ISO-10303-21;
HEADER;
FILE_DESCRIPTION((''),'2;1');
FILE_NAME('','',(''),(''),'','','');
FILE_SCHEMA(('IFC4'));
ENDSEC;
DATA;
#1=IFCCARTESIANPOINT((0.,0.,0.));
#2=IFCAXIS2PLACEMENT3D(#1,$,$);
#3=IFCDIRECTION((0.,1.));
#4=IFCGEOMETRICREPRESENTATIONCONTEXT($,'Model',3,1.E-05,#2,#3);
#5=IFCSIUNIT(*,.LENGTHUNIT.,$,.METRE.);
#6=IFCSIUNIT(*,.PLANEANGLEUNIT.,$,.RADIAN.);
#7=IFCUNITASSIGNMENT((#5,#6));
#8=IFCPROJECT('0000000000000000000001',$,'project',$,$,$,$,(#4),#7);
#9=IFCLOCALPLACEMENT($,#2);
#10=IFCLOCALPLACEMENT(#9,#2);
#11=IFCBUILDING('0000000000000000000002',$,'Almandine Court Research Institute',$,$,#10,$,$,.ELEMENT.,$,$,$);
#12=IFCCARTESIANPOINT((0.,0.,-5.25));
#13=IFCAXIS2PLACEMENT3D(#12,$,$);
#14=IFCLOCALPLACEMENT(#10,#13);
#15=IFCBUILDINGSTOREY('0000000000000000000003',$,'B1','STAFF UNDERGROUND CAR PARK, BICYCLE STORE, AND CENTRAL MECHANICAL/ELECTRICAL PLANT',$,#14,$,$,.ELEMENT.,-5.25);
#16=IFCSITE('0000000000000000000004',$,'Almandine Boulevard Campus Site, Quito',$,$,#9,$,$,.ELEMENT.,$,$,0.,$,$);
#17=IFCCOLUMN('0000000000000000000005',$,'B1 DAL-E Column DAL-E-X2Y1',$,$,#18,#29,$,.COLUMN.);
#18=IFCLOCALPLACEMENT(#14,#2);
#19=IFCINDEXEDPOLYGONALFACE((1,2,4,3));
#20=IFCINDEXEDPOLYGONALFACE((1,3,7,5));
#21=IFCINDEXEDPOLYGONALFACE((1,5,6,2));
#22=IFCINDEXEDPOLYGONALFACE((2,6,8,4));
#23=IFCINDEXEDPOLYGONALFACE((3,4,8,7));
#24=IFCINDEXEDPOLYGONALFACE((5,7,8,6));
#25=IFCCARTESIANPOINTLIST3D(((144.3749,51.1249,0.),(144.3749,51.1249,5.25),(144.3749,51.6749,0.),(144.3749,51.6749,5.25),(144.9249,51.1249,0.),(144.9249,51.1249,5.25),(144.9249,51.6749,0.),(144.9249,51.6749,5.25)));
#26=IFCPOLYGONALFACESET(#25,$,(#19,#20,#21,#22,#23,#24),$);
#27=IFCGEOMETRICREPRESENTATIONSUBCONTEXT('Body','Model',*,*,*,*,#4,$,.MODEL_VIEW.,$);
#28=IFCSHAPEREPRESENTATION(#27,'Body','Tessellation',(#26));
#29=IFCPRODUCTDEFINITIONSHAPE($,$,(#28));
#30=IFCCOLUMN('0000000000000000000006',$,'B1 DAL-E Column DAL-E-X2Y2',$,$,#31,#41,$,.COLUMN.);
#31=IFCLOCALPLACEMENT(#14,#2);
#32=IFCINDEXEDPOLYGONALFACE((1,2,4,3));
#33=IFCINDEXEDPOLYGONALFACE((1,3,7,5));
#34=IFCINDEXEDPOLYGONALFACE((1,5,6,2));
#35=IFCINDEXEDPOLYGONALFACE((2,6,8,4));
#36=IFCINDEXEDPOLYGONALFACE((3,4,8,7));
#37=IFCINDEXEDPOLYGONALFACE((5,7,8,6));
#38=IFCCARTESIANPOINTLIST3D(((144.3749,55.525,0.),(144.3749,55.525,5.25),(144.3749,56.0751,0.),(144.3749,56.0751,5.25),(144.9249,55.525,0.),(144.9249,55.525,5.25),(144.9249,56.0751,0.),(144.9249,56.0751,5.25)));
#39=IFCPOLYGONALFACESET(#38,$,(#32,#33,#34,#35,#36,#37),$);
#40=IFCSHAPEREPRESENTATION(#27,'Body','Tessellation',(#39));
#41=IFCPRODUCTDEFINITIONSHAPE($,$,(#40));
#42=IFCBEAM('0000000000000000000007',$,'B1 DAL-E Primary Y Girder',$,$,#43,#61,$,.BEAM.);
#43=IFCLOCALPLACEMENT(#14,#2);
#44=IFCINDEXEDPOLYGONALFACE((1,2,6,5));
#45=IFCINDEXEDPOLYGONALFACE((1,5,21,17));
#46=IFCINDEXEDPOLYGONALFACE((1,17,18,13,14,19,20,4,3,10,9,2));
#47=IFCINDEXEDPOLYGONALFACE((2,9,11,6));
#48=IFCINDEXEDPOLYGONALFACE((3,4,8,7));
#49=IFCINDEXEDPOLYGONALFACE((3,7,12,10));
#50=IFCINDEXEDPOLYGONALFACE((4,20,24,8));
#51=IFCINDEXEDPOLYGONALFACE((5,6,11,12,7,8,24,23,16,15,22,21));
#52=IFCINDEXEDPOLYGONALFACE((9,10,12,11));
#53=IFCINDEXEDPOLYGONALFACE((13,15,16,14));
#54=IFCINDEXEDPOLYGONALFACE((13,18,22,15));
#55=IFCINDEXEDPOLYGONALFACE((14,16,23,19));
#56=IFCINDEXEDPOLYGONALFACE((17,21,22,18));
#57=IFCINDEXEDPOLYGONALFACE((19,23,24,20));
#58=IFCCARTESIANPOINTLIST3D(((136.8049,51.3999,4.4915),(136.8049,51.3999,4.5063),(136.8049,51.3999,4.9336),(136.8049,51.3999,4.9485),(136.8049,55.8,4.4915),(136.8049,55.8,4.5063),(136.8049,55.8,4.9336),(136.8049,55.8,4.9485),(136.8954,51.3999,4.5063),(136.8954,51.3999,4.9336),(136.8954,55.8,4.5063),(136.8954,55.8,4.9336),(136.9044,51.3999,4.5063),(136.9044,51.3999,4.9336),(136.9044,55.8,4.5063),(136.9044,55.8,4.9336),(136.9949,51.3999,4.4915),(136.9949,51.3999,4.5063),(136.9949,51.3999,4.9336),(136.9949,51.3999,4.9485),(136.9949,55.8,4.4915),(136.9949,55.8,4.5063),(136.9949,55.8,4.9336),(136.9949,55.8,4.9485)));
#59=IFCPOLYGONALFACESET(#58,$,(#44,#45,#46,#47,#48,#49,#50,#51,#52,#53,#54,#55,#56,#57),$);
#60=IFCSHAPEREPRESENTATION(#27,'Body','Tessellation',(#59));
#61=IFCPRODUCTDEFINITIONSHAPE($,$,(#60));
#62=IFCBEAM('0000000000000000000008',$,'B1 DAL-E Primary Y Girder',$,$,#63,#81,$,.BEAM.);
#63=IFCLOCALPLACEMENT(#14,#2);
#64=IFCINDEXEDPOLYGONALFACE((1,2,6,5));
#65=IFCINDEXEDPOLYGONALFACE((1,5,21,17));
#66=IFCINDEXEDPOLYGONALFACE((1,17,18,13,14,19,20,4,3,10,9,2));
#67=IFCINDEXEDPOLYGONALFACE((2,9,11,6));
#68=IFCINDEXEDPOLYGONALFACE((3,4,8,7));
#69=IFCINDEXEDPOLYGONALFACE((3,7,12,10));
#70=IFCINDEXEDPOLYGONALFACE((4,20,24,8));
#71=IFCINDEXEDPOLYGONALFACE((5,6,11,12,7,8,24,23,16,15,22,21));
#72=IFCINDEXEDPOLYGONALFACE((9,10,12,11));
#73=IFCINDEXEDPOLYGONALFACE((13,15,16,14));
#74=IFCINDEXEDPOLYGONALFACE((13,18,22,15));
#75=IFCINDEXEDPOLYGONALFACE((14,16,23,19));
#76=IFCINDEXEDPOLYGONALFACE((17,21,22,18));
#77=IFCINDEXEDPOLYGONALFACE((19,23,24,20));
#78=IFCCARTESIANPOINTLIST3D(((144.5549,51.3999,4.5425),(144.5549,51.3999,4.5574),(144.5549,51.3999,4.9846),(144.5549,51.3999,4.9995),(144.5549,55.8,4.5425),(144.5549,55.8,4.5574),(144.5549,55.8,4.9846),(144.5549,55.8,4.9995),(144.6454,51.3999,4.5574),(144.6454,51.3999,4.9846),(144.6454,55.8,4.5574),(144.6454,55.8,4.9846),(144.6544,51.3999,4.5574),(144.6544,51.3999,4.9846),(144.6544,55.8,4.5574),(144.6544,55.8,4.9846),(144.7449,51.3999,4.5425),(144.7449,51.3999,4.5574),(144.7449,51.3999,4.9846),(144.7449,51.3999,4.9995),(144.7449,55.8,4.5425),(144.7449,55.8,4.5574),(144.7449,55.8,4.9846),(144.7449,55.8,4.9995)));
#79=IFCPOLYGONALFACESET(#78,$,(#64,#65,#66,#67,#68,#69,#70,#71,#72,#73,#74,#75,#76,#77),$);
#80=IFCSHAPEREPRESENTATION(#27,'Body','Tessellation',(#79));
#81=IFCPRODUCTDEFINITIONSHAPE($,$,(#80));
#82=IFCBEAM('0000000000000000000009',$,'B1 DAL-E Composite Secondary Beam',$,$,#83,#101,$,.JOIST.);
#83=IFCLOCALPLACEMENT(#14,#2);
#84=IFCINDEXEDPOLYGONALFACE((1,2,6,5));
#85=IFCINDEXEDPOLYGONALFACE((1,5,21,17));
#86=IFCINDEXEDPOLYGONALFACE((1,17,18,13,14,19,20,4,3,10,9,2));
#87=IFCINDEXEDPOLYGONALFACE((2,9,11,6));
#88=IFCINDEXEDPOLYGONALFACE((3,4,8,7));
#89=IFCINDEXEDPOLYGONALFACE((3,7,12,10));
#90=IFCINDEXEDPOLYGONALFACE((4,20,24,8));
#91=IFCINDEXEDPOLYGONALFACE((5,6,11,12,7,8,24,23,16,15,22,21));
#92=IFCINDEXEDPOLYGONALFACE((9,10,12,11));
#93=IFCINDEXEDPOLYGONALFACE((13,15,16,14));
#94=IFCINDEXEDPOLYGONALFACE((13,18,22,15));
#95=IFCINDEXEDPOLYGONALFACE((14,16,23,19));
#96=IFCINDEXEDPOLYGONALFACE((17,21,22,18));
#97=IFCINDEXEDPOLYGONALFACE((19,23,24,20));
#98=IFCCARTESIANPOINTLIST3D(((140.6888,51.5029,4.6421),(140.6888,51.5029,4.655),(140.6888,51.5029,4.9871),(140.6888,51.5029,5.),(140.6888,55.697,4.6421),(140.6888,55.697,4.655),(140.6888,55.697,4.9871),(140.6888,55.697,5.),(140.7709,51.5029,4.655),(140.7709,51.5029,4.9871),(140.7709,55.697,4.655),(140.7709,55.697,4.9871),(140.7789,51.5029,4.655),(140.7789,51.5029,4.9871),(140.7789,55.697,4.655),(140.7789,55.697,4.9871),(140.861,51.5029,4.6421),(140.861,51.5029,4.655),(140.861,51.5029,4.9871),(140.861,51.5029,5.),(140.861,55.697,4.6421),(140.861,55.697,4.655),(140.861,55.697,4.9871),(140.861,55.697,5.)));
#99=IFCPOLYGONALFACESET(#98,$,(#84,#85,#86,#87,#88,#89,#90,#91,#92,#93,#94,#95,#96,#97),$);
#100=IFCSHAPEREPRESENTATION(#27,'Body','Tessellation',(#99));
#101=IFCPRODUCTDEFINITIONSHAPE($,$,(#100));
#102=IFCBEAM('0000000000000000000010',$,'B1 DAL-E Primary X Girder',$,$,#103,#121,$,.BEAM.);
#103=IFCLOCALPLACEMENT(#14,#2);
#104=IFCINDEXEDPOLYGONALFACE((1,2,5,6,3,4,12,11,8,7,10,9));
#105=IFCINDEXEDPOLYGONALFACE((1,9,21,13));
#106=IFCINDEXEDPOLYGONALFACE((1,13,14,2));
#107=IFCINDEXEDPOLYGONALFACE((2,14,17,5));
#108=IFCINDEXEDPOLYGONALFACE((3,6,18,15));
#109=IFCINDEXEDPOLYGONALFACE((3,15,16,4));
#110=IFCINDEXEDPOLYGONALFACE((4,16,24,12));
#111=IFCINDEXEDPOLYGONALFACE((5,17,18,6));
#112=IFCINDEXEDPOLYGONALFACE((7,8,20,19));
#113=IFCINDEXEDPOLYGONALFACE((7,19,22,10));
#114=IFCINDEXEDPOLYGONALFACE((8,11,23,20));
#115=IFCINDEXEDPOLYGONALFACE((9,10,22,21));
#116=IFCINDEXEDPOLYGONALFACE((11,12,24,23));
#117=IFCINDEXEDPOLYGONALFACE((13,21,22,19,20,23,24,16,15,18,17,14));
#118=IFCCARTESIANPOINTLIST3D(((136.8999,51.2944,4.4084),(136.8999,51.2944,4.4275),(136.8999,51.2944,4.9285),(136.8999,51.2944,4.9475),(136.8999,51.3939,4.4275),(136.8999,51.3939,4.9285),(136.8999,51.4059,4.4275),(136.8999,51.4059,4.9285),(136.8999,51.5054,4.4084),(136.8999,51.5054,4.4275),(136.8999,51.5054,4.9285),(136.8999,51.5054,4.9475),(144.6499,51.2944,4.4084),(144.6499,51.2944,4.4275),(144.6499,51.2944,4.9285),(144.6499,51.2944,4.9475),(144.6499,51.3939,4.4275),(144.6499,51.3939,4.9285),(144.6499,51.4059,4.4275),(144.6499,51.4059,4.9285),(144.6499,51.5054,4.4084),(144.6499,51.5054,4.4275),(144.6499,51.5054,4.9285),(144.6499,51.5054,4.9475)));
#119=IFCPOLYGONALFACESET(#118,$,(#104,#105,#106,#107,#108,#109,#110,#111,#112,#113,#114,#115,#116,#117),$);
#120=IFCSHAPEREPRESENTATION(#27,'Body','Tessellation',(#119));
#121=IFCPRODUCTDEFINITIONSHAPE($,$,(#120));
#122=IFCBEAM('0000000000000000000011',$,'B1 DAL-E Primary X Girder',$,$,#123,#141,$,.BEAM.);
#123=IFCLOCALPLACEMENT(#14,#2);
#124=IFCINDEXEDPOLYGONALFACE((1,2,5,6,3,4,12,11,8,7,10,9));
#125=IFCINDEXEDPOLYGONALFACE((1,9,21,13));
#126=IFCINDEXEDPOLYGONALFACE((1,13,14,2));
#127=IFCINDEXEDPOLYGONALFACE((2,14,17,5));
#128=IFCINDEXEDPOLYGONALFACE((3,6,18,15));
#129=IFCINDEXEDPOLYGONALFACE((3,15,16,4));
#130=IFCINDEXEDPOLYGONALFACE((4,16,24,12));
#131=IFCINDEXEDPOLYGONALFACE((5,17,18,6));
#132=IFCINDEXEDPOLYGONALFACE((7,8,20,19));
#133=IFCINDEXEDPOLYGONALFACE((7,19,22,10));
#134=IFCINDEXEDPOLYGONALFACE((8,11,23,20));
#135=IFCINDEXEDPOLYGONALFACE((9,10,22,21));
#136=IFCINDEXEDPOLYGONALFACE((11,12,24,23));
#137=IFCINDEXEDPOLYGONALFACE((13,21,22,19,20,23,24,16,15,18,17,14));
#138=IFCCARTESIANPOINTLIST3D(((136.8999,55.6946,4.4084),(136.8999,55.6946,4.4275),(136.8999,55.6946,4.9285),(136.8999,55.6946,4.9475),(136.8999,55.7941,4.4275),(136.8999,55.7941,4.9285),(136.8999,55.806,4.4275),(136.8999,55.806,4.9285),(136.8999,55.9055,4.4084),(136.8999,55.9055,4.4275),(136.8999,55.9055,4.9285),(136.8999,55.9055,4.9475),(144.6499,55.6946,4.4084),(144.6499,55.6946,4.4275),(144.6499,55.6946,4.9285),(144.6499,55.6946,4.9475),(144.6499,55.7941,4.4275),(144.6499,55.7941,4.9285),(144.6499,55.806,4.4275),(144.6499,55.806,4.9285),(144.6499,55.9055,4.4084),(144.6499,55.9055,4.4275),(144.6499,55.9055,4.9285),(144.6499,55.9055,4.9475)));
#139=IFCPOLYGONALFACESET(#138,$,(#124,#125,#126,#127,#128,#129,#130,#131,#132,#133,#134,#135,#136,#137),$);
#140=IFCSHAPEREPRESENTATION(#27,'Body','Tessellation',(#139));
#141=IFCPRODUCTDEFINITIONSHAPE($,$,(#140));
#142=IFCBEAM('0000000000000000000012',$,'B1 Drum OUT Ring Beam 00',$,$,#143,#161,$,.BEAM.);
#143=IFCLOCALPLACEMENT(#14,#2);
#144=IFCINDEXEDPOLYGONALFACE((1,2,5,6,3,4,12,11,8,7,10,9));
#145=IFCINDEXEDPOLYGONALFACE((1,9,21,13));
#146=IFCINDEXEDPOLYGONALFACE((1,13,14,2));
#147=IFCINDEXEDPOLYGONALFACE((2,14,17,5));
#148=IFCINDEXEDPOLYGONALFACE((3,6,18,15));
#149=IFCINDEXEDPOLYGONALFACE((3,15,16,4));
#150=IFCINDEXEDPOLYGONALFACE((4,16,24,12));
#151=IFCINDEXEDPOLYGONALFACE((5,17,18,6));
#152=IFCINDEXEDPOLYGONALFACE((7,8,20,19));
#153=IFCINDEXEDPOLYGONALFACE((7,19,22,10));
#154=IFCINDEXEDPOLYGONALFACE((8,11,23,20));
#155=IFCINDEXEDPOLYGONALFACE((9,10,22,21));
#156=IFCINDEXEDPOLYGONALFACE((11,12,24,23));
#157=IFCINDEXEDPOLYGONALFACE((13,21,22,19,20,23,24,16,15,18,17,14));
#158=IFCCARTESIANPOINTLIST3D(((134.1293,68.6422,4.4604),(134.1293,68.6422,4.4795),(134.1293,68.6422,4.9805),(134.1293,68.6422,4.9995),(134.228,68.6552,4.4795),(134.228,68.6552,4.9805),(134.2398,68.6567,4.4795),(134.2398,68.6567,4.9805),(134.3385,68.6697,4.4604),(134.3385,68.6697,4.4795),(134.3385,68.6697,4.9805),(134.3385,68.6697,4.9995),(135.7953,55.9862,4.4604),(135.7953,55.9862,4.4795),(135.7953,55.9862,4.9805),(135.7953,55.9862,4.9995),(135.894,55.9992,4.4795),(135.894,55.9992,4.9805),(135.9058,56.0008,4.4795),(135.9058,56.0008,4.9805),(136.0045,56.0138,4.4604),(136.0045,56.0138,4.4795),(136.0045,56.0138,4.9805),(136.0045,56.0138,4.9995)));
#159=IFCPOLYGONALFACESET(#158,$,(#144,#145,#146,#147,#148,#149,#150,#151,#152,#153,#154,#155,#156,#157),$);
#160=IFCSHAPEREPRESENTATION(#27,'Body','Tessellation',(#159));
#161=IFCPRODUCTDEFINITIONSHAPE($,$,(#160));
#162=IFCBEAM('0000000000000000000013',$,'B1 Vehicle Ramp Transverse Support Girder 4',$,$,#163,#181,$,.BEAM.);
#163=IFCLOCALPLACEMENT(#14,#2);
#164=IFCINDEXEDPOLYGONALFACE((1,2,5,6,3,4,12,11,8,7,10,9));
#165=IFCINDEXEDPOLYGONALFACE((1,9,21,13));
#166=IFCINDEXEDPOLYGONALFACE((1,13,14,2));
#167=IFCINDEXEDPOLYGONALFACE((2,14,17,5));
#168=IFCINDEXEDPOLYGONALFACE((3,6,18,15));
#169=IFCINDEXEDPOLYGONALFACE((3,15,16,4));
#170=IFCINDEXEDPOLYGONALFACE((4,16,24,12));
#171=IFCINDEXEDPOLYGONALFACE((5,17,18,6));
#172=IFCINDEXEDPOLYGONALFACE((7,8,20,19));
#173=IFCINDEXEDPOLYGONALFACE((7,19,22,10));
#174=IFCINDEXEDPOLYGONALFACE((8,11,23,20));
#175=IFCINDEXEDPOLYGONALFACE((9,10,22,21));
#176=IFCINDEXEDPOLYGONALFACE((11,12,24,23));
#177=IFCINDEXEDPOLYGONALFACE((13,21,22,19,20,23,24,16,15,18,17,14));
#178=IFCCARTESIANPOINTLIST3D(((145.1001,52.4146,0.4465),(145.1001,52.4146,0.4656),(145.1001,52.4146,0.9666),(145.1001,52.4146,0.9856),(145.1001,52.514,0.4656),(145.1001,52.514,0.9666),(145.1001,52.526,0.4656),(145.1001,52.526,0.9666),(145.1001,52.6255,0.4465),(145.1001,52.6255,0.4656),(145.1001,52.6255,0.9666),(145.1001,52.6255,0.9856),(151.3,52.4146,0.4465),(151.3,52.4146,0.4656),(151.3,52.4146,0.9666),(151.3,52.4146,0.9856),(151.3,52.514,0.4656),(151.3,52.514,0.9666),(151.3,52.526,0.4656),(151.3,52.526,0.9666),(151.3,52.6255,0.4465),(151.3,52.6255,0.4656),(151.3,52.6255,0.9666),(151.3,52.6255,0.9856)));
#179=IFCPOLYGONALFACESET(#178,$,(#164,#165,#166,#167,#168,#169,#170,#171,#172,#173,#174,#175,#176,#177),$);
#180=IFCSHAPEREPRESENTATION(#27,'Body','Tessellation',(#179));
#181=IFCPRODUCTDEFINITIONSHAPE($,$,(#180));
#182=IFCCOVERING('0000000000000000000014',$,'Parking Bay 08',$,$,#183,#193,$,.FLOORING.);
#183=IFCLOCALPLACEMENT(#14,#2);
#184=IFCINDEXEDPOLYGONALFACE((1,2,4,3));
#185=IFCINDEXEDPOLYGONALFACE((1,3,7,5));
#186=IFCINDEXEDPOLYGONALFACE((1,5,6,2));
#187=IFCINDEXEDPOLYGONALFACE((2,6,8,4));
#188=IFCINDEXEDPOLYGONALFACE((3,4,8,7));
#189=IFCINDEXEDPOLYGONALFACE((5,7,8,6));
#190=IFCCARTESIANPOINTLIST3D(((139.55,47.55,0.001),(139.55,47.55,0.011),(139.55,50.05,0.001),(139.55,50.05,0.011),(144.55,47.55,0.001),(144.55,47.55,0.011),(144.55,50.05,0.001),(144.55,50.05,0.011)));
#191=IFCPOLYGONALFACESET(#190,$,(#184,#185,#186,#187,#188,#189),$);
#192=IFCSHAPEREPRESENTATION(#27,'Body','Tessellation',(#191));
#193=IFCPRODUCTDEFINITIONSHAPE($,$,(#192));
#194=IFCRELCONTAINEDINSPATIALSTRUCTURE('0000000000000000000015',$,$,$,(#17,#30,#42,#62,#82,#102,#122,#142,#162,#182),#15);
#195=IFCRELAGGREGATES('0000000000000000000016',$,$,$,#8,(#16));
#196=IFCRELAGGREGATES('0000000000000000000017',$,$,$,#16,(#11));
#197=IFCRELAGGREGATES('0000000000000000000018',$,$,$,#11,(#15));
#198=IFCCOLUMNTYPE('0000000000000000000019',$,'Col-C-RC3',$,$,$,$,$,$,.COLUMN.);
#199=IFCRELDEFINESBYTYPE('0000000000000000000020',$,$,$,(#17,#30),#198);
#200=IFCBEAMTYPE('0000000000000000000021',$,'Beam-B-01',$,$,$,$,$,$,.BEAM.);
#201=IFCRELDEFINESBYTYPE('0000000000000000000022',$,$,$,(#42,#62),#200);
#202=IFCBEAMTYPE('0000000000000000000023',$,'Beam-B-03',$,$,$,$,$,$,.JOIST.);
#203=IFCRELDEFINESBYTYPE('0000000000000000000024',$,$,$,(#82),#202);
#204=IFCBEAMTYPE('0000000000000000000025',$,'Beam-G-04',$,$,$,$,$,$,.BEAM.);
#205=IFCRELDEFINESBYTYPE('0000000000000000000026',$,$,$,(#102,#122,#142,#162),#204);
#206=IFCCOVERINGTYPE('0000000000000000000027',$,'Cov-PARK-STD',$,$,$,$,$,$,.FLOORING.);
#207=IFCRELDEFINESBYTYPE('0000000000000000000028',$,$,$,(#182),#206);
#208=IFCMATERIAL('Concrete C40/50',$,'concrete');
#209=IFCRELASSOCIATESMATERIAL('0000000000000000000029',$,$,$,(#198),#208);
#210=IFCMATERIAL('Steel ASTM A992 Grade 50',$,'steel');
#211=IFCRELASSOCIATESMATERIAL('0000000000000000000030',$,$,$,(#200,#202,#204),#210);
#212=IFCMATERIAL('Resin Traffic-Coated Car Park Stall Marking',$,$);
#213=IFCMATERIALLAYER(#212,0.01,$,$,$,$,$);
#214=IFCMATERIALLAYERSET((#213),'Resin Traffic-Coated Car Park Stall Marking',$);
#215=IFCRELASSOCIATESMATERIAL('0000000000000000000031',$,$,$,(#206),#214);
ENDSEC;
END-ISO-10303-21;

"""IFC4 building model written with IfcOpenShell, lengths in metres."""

from ifc_helpers import new_model, si_unit, direction, frame, origin, origin_2d, place, context, subcontext, project, spatial, rectangle, i_section, extrude, material, layer, layer_set, material_profile, profile_set, type_object, element, save


model = new_model("IFC4")

# Units and contexts
model_context = context("Model", 3, precision=1e-05, world=origin(), true_north=direction((0.0, 1.0)))
body_context = subcontext(model_context, "Body", "Model", "MODEL_VIEW")
ifc_project = project(units=[si_unit("LENGTHUNIT", "METRE"), si_unit("PLANEANGLEUNIT", "RADIAN")], contexts=[model_context])

# Site, building, storey
site_placement = place(None, origin())
site = spatial("IfcSite", under=ifc_project, at=site_placement, Name="Almandine Boulevard Campus Site, Quito", CompositionType="ELEMENT", RefElevation=0.0)
building_placement = place(site_placement, origin())
building = spatial("IfcBuilding", under=site, at=building_placement, Name="Almandine Court Research Institute", CompositionType="ELEMENT")
storey_placement = place(building_placement, frame((0.0, 0.0, -5.25)))
storey = spatial("IfcBuildingStorey", under=building, at=storey_placement, Name="B1", Description="STAFF UNDERGROUND CAR PARK, BICYCLE STORE, AND CENTRAL MECHANICAL/ELECTRICAL PLANT", CompositionType="ELEMENT", Elevation=-5.25)

# Columns
ifc_material_1 = material(Name="Concrete C40/50", Category="concrete")
ifc_material_profile_1 = material_profile(ifc_material_1, rectangle(XDim=0.55, YDim=0.55, at=origin_2d()), Name="RC 550x550")
ifc_profile_set_1 = profile_set([ifc_material_profile_1], Name="Concrete C40/50")
column_type_1 = type_object("IfcColumnType", Name="Col-C-RC3", PredefinedType="COLUMN", material=ifc_profile_set_1)
for number, where, z_axis, x_axis, name in (
    (1, (144.6499, 51.3999, 0.0), (0.0, 0.0, 1.0), (1.0, 0.0, 0.0), "B1 DAL-E Column DAL-E-X2Y1"),
    (2, (144.6499, 55.8, 0.0), (0.0, 0.0, 1.0), (1.0, 0.0, 0.0), "B1 DAL-E Column DAL-E-X2Y2"),
):
    element("IfcColumn", number, at=place(storey_placement, frame(where, z_axis=z_axis, x_axis=x_axis)), inside=storey, type_object=column_type_1, Name=name, PredefinedType="COLUMN", context=body_context, shape_type="SweptSolid", body=[
        extrude(rectangle(XDim=0.55, YDim=0.55, at=origin_2d()), origin(), (0.0, 0.0, 1.0), 5.25),
    ])

# Beams
ifc_material_2 = material(Name="Steel ASTM A992 Grade 50", Category="steel")
ifc_material_profile_2 = material_profile(ifc_material_2, i_section(OverallWidth=0.1899, OverallDepth=0.457, WebThickness=0.009, FlangeThickness=0.0149, at=origin_2d()), Name="W460x74")
ifc_profile_set_2 = profile_set([ifc_material_profile_2], Name="Steel ASTM A992 Grade 50")
beam_type_1 = type_object("IfcBeamType", Name="Beam-B-01", PredefinedType="BEAM", material=ifc_profile_set_2)
for number, where, z_axis, x_axis, name in (
    (3, (136.8999, 51.3999, 4.72), (0.0, 1.0, 0.0), (-1.0, 0.0, 0.0), "B1 DAL-E Primary Y Girder"),
    (4, (144.6499, 51.3999, 4.771), (0.0, 1.0, 0.0), (-1.0, 0.0, 0.0), "B1 DAL-E Primary Y Girder"),
):
    element("IfcBeam", number, at=place(storey_placement, frame(where, z_axis=z_axis, x_axis=x_axis)), inside=storey, type_object=beam_type_1, Name=name, PredefinedType="BEAM", context=body_context, shape_type="SweptSolid", body=[
        extrude(i_section(OverallWidth=0.1899, OverallDepth=0.457, WebThickness=0.009, FlangeThickness=0.0149, at=origin_2d()), origin(), (0.0, 0.0, 1.0), 4.4001),
    ])
ifc_material_profile_3 = material_profile(ifc_material_2, i_section(OverallWidth=0.1721, OverallDepth=0.3579, WebThickness=0.0081, FlangeThickness=0.0129, at=origin_2d()), Name="W360x57")
ifc_profile_set_3 = profile_set([ifc_material_profile_3], Name="Steel ASTM A992 Grade 50")
beam_type_2 = type_object("IfcBeamType", Name="Beam-B-03", PredefinedType="JOIST", material=ifc_profile_set_3)
beam_1_placement = place(storey_placement, frame((140.7749, 51.5029, 4.821), z_axis=(0.0, 1.0, 0.0), x_axis=(-1.0, 0.0, 0.0)))
element("IfcBeam", 5, at=beam_1_placement, inside=storey, type_object=beam_type_2, Name="B1 DAL-E Composite Secondary Beam", PredefinedType="JOIST", context=body_context, shape_type="SweptSolid", body=[
    extrude(i_section(OverallWidth=0.1721, OverallDepth=0.3579, WebThickness=0.0081, FlangeThickness=0.0129, at=origin_2d()), origin(), (0.0, 0.0, 1.0), 4.1941),
])
ifc_material_profile_4 = material_profile(ifc_material_2, i_section(OverallWidth=0.2109, OverallDepth=0.5391, WebThickness=0.012, FlangeThickness=0.019, at=origin_2d()), Name="W530x109")
ifc_profile_set_4 = profile_set([ifc_material_profile_4], Name="Steel ASTM A992 Grade 50")
beam_type_3 = type_object("IfcBeamType", Name="Beam-G-04", PredefinedType="BEAM", material=ifc_profile_set_4)
for number, where, z_axis, x_axis, name in (
    (6, (136.8999, 51.3999, 4.678), (1.0, 0.0, 0.0), (0.0, 1.0, 0.0), "B1 DAL-E Primary X Girder"),
    (7, (136.8999, 55.8, 4.678), (1.0, 0.0, 0.0), (0.0, 1.0, 0.0), "B1 DAL-E Primary X Girder"),
):
    element("IfcBeam", number, at=place(storey_placement, frame(where, z_axis=z_axis, x_axis=x_axis)), inside=storey, type_object=beam_type_3, Name=name, PredefinedType="BEAM", context=body_context, shape_type="SweptSolid", body=[
        extrude(i_section(OverallWidth=0.2109, OverallDepth=0.5391, WebThickness=0.012, FlangeThickness=0.019, at=origin_2d()), origin(), (0.0, 0.0, 1.0), 7.75),
    ])
beam_2_placement = place(storey_placement, frame((135.8999, 56.0, 4.73), z_axis=(-0.130512, 0.991447, 0.0), x_axis=(-0.991447, -0.130512, 0.0)))
element("IfcBeam", 8, at=beam_2_placement, inside=storey, type_object=beam_type_3, Name="B1 Drum OUT Ring Beam 00", PredefinedType="BEAM", context=body_context, shape_type="SweptSolid", body=[
    extrude(i_section(OverallWidth=0.2109, OverallDepth=0.5391, WebThickness=0.012, FlangeThickness=0.019, at=origin_2d()), origin(), (0.0, 0.0, 1.0), 12.7651),
])
beam_3_placement = place(storey_placement, frame((145.1001, 52.52, 0.7161), z_axis=(1.0, 0.0, 0.0), x_axis=(0.0, 1.0, 0.0)))
element("IfcBeam", 9, at=beam_3_placement, inside=storey, type_object=beam_type_3, Name="B1 Vehicle Ramp Transverse Support Girder 4", PredefinedType="BEAM", context=body_context, shape_type="SweptSolid", body=[
    extrude(i_section(OverallWidth=0.2109, OverallDepth=0.5391, WebThickness=0.012, FlangeThickness=0.019, at=origin_2d()), origin(), (0.0, 0.0, 1.0), 6.2),
])

# Covering
ifc_material_3 = material(Name="Resin Traffic-Coated Car Park Stall Marking")
ifc_layer = layer(ifc_material_3, 0.01)
ifc_layer_set = layer_set([ifc_layer], Name="Resin Traffic-Coated Car Park Stall Marking")
covering_type = type_object("IfcCoveringType", Name="Cov-PARK-STD", PredefinedType="FLOORING", material=ifc_layer_set)
for number, where, z_axis, x_axis, name in (
    (10, (142.05, 48.8, 0.001), (0.0, 0.0, 1.0), (1.0, 0.0, 0.0), "Parking Bay 08"),
):
    element("IfcCovering", number, at=place(storey_placement, frame(where, z_axis=z_axis, x_axis=x_axis)), inside=storey, type_object=covering_type, Name=name, PredefinedType="FLOORING", context=body_context, shape_type="SweptSolid", body=[
        extrude(rectangle(XDim=5.0, YDim=2.5, at=origin_2d()), origin(), (0.0, 0.0, 1.0), 0.01),
    ])

save(model, "model.ifc")
